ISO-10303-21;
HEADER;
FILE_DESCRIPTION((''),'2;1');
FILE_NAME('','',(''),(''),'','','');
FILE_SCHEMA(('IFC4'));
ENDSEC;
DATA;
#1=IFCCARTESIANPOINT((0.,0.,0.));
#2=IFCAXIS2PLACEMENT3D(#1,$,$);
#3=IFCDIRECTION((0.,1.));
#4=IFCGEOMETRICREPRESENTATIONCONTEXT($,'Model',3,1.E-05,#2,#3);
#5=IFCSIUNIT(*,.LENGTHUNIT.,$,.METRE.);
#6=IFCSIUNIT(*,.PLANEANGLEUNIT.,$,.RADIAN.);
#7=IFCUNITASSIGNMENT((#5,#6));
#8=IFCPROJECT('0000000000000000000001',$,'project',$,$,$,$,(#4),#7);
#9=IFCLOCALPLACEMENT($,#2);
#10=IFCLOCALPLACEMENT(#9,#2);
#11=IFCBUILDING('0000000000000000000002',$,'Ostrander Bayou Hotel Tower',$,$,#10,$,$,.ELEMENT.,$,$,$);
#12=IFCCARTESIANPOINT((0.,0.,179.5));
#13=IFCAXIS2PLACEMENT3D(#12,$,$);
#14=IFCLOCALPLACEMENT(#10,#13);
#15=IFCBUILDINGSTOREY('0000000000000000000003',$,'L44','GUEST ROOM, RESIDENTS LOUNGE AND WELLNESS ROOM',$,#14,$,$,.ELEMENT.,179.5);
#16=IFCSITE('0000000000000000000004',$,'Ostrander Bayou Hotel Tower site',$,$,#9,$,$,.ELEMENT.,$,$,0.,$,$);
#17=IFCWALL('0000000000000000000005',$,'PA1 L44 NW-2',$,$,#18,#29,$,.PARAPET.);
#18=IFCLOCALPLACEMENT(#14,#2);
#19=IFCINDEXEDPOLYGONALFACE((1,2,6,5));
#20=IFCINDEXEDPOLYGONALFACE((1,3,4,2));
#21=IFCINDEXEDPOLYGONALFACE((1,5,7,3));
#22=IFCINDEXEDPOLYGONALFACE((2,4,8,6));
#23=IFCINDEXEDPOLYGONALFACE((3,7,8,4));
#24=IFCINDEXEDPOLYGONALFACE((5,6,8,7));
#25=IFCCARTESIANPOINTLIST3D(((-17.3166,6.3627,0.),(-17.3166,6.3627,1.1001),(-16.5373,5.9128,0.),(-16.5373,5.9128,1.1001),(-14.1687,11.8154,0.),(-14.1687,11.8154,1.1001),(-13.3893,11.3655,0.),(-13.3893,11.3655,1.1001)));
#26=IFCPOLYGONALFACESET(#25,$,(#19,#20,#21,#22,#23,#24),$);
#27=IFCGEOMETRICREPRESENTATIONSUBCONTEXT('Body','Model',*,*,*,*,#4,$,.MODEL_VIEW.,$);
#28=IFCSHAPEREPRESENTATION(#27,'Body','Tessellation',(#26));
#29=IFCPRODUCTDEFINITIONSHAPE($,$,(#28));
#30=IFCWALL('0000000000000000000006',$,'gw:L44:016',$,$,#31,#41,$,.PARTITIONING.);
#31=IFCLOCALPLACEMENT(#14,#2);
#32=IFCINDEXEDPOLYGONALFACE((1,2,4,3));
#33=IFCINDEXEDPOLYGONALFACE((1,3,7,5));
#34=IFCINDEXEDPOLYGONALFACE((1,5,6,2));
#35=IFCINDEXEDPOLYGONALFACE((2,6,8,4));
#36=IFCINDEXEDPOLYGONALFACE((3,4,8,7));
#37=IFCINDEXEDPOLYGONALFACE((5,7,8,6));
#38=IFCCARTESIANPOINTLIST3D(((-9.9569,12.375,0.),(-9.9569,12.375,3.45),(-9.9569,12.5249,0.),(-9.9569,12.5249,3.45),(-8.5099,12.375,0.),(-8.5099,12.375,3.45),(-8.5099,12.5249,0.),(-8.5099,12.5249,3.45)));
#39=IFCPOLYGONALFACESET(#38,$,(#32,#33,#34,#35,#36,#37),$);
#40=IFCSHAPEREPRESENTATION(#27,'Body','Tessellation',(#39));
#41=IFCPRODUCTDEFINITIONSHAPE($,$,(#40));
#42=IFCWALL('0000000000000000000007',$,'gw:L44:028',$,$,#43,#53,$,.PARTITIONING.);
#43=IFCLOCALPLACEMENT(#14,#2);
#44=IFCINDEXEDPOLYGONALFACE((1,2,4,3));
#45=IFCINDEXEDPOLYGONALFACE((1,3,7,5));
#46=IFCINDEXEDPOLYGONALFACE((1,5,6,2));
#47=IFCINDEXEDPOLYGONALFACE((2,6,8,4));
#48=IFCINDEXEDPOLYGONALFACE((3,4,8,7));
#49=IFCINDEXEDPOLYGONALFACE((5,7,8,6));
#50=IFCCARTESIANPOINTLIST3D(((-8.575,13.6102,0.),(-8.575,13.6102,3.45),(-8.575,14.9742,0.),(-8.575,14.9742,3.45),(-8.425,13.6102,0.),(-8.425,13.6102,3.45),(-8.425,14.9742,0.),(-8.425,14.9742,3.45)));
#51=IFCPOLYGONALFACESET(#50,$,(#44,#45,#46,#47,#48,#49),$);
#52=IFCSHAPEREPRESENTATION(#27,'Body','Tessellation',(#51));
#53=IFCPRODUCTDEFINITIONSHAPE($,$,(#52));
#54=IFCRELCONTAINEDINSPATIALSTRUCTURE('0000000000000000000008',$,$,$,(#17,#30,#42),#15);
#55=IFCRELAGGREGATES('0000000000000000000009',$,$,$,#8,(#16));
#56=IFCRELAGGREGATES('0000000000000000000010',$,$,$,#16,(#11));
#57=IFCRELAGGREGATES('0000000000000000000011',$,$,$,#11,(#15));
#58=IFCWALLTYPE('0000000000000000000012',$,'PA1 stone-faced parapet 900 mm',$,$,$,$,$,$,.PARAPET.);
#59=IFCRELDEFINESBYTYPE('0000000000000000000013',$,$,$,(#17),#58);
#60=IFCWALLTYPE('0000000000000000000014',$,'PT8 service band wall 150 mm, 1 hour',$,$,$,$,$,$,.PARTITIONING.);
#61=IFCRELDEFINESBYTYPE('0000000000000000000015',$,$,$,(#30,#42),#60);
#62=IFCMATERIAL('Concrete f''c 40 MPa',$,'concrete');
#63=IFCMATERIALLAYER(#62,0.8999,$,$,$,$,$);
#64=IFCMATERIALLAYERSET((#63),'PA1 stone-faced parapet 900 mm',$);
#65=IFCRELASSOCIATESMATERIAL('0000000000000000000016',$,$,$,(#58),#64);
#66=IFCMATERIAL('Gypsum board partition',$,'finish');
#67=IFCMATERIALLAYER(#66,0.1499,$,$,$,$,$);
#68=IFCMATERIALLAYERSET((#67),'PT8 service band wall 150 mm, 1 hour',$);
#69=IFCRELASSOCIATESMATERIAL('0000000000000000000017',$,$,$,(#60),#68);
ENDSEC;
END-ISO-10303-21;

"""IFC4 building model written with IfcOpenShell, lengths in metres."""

from ifc_helpers import new_model, si_unit, direction, frame, frame_2d, origin, place, context, subcontext, project, spatial, rectangle, extrude, material, layer, layer_set, type_object, element, save


model = new_model("IFC4")

# Units and contexts
model_context = context("Model", 3, precision=1e-05, world=origin(), true_north=direction((0.0, 1.0)))
body_context = subcontext(model_context, "Body", "Model", "MODEL_VIEW")
ifc_project = project(units=[si_unit("LENGTHUNIT", "METRE"), si_unit("PLANEANGLEUNIT", "RADIAN")], contexts=[model_context])

# Site, building, storey
site_placement = place(None, origin())
site = spatial("IfcSite", under=ifc_project, at=site_placement, Name="Ostrander Bayou Hotel Tower site", CompositionType="ELEMENT", RefElevation=0.0)
building_placement = place(site_placement, origin())
building = spatial("IfcBuilding", under=site, at=building_placement, Name="Ostrander Bayou Hotel Tower", CompositionType="ELEMENT")
storey_placement = place(building_placement, frame((0.0, 0.0, 179.5)))
storey = spatial("IfcBuildingStorey", under=building, at=storey_placement, Name="L44", Description="GUEST ROOM, RESIDENTS LOUNGE AND WELLNESS ROOM", CompositionType="ELEMENT", Elevation=179.5)

# Wall
ifc_material_1 = material(Name="Concrete f'c 40 MPa", Category="concrete")
ifc_layer_1 = layer(ifc_material_1, 0.8999)
ifc_layer_set_1 = layer_set([ifc_layer_1], Name="PA1 stone-faced parapet 900 mm")
wall_type_1 = type_object("IfcWallType", Name="PA1 stone-faced parapet 900 mm", PredefinedType="PARAPET", material=ifc_layer_set_1)
wall_1_placement = place(storey_placement, frame((-13.7791, 11.5903, 0.0), z_axis=(0.0, 0.0, 1.0), x_axis=(-0.499984, -0.866034, 0.0)))
element("IfcWall", 1, at=wall_1_placement, inside=storey, type_object=wall_type_1, Name="PA1 L44 NW-2", PredefinedType="PARAPET", context=body_context, shape_type="SweptSolid", body=[
    extrude(rectangle(XDim=6.2961, YDim=0.8999, at=frame_2d((3.1479, 0.0))), origin(), (0.0, 0.0, 1.0), 1.1001),
])

# Walls
ifc_material_2 = material(Name="Gypsum board partition", Category="finish")
ifc_layer_2 = layer(ifc_material_2, 0.1499)
ifc_layer_set_2 = layer_set([ifc_layer_2], Name="PT8 service band wall 150 mm, 1 hour")
wall_type_2 = type_object("IfcWallType", Name="PT8 service band wall 150 mm, 1 hour", PredefinedType="PARTITIONING", material=ifc_layer_set_2)
wall_2_placement = place(storey_placement, frame((-9.957, 12.45, 0.0), z_axis=(0.0, 0.0, 1.0), x_axis=(1.0, 0.0, 0.0)))
element("IfcWall", 2, at=wall_2_placement, inside=storey, type_object=wall_type_2, Name="gw:L44:016", PredefinedType="PARTITIONING", context=body_context, shape_type="SweptSolid", body=[
    extrude(rectangle(XDim=1.447, YDim=0.1499, at=frame_2d((0.7236, 0.0))), origin(), (0.0, 0.0, 1.0), 3.45),
])
wall_3_placement = place(storey_placement, frame((-8.5, 13.6101, 0.0), z_axis=(0.0, 0.0, 1.0), x_axis=(0.0, 1.0, 0.0)))
element("IfcWall", 3, at=wall_3_placement, inside=storey, type_object=wall_type_2, Name="gw:L44:028", PredefinedType="PARTITIONING", context=body_context, shape_type="SweptSolid", body=[
    extrude(rectangle(XDim=1.364, YDim=0.1499, at=frame_2d((0.6821, 0.0))), origin(), (0.0, 0.0, 1.0), 3.45),
])

save(model, "model.ifc")
